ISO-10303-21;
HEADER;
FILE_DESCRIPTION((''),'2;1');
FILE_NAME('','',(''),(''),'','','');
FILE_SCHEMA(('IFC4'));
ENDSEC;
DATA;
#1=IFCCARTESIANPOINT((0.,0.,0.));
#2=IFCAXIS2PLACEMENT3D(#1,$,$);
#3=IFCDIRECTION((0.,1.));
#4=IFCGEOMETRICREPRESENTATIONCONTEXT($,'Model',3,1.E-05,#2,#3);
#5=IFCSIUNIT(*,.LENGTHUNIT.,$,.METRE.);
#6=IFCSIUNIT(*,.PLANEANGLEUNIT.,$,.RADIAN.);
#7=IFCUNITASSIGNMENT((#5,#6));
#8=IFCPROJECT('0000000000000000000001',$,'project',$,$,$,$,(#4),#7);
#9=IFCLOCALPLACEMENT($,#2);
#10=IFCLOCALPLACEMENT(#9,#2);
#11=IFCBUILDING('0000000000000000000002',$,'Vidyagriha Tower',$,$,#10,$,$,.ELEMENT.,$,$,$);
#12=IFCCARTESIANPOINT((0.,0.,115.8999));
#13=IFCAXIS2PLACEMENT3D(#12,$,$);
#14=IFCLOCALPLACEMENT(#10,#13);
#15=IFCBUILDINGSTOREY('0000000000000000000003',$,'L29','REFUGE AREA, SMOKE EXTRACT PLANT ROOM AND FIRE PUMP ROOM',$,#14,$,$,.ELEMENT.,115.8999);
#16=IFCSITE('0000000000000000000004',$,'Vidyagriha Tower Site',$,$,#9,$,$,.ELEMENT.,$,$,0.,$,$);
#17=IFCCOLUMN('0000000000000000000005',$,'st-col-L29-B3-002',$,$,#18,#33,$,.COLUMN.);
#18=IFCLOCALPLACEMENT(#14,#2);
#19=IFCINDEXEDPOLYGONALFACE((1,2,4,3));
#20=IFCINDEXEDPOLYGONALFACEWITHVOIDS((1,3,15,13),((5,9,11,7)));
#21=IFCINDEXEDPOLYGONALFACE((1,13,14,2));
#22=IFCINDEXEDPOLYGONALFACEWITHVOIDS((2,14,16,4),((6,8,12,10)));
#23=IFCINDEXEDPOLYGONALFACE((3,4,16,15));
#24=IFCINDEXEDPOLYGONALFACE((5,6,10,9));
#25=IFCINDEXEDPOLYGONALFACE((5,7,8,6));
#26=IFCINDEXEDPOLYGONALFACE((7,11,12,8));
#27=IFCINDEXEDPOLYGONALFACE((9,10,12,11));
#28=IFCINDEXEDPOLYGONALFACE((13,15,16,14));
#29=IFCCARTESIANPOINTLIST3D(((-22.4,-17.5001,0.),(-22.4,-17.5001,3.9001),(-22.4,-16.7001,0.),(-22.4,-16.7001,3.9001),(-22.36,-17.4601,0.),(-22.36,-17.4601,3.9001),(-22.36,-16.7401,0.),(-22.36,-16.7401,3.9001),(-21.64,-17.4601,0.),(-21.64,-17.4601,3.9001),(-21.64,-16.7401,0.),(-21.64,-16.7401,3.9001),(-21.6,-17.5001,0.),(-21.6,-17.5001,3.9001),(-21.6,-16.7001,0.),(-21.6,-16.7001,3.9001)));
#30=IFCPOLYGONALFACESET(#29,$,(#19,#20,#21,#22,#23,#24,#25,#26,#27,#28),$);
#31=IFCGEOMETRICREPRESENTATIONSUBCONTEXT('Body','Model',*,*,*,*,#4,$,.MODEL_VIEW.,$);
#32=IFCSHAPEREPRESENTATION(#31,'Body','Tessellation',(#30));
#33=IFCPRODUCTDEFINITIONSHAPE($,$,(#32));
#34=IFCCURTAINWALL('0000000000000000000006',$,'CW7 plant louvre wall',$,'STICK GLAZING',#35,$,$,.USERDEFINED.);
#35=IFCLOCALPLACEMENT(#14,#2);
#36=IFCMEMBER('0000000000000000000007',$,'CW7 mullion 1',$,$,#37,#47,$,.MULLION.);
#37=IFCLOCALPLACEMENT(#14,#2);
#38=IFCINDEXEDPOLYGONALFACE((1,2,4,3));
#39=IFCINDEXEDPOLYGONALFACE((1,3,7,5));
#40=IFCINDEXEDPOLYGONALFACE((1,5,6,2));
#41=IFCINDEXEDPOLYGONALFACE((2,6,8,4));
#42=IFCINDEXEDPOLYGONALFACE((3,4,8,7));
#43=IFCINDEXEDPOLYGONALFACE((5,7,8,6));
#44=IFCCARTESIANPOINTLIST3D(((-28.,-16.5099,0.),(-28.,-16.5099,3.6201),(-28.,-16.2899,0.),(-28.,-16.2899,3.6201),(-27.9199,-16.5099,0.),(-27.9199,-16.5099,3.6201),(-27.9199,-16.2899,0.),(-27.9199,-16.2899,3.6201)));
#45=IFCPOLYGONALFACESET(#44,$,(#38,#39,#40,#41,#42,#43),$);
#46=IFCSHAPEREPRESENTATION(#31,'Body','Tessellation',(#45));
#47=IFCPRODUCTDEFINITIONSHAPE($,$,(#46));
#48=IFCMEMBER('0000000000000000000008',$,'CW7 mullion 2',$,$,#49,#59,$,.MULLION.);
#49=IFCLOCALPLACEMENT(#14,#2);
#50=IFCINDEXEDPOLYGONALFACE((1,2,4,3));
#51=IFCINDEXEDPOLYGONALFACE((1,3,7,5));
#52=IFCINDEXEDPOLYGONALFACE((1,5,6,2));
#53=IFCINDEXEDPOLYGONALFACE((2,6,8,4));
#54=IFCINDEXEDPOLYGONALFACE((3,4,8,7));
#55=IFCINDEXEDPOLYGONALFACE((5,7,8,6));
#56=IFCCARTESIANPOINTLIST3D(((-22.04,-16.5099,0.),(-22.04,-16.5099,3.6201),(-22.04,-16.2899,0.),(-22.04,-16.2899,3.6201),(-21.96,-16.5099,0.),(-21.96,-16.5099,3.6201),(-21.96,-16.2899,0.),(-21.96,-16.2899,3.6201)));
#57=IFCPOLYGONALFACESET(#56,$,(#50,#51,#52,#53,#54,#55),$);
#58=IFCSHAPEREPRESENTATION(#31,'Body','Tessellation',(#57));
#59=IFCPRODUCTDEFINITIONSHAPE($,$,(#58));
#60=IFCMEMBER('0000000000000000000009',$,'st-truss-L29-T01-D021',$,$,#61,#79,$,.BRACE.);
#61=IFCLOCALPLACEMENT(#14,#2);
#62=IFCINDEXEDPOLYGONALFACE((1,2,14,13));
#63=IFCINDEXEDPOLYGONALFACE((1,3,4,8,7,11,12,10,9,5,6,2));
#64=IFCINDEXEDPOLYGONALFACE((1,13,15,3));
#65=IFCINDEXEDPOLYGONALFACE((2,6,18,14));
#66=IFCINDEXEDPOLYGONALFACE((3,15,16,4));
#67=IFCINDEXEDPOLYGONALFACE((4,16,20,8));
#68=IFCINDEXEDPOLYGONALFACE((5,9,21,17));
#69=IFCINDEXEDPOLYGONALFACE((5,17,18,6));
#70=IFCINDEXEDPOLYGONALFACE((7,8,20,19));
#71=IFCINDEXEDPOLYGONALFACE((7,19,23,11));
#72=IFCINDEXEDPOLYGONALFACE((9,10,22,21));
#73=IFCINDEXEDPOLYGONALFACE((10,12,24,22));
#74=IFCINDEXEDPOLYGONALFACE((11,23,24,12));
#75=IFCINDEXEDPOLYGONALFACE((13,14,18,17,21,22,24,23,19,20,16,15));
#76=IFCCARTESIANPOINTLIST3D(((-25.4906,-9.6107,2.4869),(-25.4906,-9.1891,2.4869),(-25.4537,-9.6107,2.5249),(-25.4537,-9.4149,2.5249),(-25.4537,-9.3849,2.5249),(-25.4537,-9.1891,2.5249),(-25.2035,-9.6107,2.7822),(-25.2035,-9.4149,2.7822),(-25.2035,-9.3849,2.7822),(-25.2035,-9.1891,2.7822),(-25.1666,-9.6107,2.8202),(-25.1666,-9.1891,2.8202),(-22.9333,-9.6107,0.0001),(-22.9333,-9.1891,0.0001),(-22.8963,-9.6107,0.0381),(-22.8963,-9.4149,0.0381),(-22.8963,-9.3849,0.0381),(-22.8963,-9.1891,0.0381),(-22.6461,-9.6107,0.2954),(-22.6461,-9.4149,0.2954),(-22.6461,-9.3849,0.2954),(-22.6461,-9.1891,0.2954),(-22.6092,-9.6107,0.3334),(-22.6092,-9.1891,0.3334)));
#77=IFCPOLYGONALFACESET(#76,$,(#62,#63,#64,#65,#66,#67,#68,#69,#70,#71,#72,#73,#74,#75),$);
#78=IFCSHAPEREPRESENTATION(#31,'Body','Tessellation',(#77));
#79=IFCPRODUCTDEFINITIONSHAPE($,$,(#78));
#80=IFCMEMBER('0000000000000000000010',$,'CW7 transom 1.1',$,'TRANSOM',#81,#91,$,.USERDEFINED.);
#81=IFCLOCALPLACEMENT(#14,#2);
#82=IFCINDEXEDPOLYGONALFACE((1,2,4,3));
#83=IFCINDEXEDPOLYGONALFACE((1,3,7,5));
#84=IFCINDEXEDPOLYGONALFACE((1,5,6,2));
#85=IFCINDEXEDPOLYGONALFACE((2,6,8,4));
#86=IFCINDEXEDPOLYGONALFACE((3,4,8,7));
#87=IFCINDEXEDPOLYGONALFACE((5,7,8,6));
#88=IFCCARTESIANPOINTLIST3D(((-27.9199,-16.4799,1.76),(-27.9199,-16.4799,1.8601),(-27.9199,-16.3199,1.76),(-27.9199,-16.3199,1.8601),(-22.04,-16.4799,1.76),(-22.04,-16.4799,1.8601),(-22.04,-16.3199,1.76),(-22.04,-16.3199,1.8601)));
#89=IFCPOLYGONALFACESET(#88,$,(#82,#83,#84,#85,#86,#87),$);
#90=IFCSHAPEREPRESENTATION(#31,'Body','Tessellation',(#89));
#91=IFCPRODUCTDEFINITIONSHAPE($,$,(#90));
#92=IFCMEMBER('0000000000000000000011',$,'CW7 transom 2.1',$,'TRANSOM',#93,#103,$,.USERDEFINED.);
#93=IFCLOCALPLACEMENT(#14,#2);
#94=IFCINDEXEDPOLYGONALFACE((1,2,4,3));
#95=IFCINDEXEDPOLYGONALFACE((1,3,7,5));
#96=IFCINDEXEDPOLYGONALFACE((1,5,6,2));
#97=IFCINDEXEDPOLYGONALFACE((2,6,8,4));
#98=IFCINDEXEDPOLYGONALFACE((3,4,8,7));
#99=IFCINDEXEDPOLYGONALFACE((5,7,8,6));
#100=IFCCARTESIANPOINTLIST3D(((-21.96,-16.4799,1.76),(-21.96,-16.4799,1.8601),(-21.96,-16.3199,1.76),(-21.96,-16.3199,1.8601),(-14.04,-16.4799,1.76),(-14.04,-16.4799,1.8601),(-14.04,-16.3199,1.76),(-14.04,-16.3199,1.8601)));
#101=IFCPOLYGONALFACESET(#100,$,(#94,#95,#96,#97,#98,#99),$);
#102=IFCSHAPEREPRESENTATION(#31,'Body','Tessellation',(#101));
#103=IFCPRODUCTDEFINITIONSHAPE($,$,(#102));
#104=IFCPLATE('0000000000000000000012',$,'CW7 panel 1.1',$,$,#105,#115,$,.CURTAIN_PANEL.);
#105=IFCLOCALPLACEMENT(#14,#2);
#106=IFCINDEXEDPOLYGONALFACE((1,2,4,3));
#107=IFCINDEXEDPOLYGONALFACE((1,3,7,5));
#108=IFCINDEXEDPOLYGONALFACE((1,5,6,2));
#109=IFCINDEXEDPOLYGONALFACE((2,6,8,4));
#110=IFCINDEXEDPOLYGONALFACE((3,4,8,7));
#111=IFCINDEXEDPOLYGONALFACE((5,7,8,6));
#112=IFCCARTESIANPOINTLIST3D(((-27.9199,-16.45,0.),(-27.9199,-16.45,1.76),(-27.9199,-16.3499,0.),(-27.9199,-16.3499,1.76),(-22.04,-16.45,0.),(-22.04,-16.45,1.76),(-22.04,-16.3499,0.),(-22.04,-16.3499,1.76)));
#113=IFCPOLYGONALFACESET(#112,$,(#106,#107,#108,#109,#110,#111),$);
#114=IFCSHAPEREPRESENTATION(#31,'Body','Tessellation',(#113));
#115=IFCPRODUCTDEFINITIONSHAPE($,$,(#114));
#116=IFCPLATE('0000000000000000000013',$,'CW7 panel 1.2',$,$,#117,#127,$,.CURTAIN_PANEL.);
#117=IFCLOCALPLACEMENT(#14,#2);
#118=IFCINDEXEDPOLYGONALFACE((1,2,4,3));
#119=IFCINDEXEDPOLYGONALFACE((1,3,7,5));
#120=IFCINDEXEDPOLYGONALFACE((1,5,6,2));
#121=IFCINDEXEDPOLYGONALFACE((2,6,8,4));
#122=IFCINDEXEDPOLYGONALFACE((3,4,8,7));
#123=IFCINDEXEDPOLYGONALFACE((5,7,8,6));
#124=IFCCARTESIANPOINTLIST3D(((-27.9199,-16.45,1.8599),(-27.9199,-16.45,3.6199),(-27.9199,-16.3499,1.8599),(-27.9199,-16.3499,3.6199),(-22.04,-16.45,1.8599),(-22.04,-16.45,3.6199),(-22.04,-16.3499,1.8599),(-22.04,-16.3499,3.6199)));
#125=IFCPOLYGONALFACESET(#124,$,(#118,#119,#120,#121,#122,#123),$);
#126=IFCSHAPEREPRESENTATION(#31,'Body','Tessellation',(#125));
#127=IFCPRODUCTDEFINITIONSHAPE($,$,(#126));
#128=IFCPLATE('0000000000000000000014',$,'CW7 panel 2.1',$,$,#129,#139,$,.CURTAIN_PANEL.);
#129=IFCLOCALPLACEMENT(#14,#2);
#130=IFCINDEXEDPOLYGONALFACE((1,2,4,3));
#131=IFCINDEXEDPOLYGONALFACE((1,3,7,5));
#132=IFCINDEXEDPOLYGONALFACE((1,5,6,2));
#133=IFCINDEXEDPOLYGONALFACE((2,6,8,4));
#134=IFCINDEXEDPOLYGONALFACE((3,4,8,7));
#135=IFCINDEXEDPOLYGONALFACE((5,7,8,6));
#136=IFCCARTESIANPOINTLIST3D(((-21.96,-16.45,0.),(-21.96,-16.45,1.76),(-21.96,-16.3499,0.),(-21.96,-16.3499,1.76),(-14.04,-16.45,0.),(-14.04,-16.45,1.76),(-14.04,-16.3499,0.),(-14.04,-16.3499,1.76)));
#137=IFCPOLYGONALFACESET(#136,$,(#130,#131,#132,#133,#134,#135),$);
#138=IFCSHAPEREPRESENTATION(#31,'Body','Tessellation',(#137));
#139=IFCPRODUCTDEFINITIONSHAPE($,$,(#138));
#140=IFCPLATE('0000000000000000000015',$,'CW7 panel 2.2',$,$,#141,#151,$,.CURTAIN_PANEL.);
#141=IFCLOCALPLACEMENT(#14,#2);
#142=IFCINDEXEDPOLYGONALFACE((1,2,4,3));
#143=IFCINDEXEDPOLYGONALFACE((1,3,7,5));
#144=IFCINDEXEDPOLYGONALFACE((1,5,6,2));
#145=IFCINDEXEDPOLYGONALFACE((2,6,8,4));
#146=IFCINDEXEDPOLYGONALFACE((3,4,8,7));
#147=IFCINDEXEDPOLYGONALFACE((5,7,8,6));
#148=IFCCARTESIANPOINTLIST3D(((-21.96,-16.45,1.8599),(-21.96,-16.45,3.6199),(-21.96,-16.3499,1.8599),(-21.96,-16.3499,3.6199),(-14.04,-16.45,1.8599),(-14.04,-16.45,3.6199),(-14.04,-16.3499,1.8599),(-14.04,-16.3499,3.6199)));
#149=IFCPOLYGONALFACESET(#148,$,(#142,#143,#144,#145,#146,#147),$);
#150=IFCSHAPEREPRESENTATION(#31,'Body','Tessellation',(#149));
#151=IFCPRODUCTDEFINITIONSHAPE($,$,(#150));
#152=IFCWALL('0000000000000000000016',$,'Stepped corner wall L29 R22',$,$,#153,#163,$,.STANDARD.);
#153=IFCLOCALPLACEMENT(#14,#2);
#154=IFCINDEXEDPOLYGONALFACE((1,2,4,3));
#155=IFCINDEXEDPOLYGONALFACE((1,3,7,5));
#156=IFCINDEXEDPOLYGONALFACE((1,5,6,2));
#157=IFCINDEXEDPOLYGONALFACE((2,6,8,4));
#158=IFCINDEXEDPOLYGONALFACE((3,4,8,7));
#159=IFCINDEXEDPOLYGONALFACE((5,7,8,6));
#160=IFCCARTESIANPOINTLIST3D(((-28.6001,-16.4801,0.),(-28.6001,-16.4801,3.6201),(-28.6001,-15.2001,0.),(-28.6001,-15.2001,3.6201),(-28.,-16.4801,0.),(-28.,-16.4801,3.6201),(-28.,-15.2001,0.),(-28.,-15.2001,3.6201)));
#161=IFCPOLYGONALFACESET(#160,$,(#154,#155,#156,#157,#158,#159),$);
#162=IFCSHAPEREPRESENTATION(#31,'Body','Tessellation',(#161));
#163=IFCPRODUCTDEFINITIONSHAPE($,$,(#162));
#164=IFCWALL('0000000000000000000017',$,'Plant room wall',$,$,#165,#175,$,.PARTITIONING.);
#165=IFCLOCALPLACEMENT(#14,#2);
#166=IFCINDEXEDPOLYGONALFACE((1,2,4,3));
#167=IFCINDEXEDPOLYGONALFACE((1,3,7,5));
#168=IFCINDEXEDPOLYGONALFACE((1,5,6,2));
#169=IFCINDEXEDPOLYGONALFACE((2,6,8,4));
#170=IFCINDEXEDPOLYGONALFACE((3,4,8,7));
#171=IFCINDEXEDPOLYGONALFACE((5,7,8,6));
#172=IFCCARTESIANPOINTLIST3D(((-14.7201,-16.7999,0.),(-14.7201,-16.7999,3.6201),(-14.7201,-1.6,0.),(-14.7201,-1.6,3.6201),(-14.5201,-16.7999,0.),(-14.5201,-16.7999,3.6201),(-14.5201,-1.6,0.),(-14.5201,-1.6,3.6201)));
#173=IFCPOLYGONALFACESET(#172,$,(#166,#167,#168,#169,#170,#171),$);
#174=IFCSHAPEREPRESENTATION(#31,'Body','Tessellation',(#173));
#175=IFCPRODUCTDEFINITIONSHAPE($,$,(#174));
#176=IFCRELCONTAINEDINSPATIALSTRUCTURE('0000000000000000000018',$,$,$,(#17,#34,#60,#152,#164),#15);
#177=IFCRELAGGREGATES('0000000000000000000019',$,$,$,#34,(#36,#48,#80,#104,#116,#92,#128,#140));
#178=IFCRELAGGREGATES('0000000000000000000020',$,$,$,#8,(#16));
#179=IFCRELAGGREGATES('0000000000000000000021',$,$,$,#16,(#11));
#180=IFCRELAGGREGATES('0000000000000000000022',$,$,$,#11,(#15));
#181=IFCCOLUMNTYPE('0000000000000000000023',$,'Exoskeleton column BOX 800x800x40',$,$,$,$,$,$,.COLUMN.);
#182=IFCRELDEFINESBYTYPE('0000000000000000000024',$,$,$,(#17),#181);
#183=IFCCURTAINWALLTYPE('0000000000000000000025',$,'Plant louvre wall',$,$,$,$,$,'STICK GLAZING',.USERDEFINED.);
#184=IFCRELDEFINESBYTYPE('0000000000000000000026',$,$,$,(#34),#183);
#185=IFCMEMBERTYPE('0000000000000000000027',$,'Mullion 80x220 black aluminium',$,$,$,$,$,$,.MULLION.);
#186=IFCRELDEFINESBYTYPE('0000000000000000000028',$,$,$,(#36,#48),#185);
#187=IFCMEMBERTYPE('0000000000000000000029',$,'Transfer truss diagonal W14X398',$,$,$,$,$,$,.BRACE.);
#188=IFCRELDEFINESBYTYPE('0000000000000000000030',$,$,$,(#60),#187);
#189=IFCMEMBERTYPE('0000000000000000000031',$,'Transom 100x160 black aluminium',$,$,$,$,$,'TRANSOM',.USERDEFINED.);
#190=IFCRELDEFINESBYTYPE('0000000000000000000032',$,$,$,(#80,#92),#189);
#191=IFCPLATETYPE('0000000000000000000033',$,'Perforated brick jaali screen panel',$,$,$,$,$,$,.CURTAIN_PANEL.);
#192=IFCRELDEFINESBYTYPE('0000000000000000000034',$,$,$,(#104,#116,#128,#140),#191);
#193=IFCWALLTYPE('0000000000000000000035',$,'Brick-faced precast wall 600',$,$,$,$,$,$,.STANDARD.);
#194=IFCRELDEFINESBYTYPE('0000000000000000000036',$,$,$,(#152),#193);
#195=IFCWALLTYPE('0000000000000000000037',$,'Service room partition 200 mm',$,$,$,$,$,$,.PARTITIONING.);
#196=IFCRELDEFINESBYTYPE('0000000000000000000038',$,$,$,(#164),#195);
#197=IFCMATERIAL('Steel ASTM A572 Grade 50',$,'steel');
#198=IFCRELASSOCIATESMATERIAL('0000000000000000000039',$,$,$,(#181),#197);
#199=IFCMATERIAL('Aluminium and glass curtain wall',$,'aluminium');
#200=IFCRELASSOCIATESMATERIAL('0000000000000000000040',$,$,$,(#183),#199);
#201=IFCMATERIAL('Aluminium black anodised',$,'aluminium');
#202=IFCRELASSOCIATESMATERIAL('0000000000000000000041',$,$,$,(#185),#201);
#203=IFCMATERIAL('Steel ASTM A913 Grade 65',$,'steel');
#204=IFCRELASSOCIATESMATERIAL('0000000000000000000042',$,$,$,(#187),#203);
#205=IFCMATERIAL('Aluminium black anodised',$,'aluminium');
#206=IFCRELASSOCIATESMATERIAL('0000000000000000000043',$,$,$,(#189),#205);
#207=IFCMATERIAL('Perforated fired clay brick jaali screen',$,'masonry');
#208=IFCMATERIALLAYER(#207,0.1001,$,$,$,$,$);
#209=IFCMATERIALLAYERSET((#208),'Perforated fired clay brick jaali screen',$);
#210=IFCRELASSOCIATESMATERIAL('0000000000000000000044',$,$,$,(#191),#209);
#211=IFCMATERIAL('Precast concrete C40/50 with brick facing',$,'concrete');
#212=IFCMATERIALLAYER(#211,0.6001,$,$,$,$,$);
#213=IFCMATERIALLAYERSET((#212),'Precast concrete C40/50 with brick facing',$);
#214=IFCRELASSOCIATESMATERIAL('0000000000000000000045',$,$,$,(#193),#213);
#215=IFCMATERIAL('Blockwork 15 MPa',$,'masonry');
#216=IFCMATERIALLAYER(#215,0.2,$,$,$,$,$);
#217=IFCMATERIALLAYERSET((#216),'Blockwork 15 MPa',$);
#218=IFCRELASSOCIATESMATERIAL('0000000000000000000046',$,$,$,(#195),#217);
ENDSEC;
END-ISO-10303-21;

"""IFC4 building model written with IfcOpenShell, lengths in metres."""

from ifc_helpers import new_model, si_unit, direction, frame, frame_2d, origin, origin_2d, place, context, subcontext, project, spatial, rectangle, hollow_rectangle, i_section, extrude, material, layer, layer_set, material_profile, profile_set, type_object, element, aggregate, save


model = new_model("IFC4")

# Units and contexts
model_context = context("Model", 3, precision=1e-05, world=origin(), true_north=direction((0.0, 1.0)))
body_context = subcontext(model_context, "Body", "Model", "MODEL_VIEW")
ifc_project = project(units=[si_unit("LENGTHUNIT", "METRE"), si_unit("PLANEANGLEUNIT", "RADIAN")], contexts=[model_context])

# Site, building, storey
site_placement = place(None, origin())
site = spatial("IfcSite", under=ifc_project, at=site_placement, Name="Vidyagriha Tower Site", CompositionType="ELEMENT", RefElevation=0.0)
building_placement = place(site_placement, origin())
building = spatial("IfcBuilding", under=site, at=building_placement, Name="Vidyagriha Tower", CompositionType="ELEMENT")
storey_placement = place(building_placement, frame((0.0, 0.0, 115.8999)))
storey = spatial("IfcBuildingStorey", under=building, at=storey_placement, Name="L29", Description="REFUGE AREA, SMOKE EXTRACT PLANT ROOM AND FIRE PUMP ROOM", CompositionType="ELEMENT", Elevation=115.8999)

# Column
ifc_material_1 = material(Name="Steel ASTM A572 Grade 50", Category="steel")
ifc_material_profile_1 = material_profile(ifc_material_1, hollow_rectangle(XDim=0.8, YDim=0.8, WallThickness=0.04, at=origin_2d()), Name="BOX 800x800x40")
ifc_profile_set_1 = profile_set([ifc_material_profile_1], Name="Steel ASTM A572 Grade 50")
column_type = type_object("IfcColumnType", Name="Exoskeleton column BOX 800x800x40", PredefinedType="COLUMN", material=ifc_profile_set_1)
column_placement = place(storey_placement, frame((-22.0, -17.1001, 0.0)))
element("IfcColumn", 1, at=column_placement, inside=storey, type_object=column_type, Name="st-col-L29-B3-002", PredefinedType="COLUMN", context=body_context, shape_type="SweptSolid", body=[
    extrude(hollow_rectangle(XDim=0.8, YDim=0.8, WallThickness=0.04, at=origin_2d()), origin(), (0.0, 0.0, 1.0), 3.9001),
])

# Curtain wall, members
ifc_material_2 = material(Name="Aluminium and glass curtain wall", Category="aluminium")
curtain_wall_type = type_object("IfcCurtainWallType", Name="Plant louvre wall", ElementType="STICK GLAZING", PredefinedType="USERDEFINED", material=ifc_material_2)
curtain_wall_placement = place(storey_placement, origin())
curtain_wall = element("IfcCurtainWall", 2, at=curtain_wall_placement, inside=storey, type_object=curtain_wall_type, Name="CW7 plant louvre wall", ObjectType="STICK GLAZING", PredefinedType="USERDEFINED")
ifc_material_3 = material(Name="Aluminium black anodised", Category="aluminium")
ifc_material_profile_2 = material_profile(ifc_material_3, rectangle(XDim=0.22, YDim=0.0801, at=origin_2d()), Name="Mullion 80x220 black aluminium")
ifc_profile_set_2 = profile_set([ifc_material_profile_2], Name="Aluminium black anodised")
member_type_1 = type_object("IfcMemberType", Name="Mullion 80x220 black aluminium", PredefinedType="MULLION", material=ifc_profile_set_2)
member_1_placement = place(storey_placement, frame((-27.96, -16.3999, 0.0), z_axis=(0.0, 0.0, 1.0), x_axis=(0.0, 1.0, 0.0)))
member_1 = element("IfcMember", 3, at=member_1_placement, type_object=member_type_1, Name="CW7 mullion 1", PredefinedType="MULLION", context=body_context, shape_type="SweptSolid", body=[
    extrude(rectangle(XDim=0.22, YDim=0.0801, at=origin_2d()), origin(), (0.0, 0.0, 1.0), 3.6201),
])
member_2_placement = place(storey_placement, frame((-22.0, -16.3999, 0.0), z_axis=(0.0, 0.0, 1.0), x_axis=(0.0, 1.0, 0.0)))
member_2 = element("IfcMember", 4, at=member_2_placement, type_object=member_type_1, Name="CW7 mullion 2", PredefinedType="MULLION", context=body_context, shape_type="SweptSolid", body=[
    extrude(rectangle(XDim=0.22, YDim=0.0801, at=origin_2d()), origin(), (0.0, 0.0, 1.0), 3.6201),
])

# Members
ifc_material_4 = material(Name="Steel ASTM A913 Grade 65", Category="steel")
ifc_material_profile_3 = material_profile(ifc_material_4, i_section(OverallWidth=0.4216, OverallDepth=0.4648, WebThickness=0.03, FlangeThickness=0.053, at=origin_2d()), Name="W14X398")
ifc_profile_set_3 = profile_set([ifc_material_profile_3], Name="Steel ASTM A913 Grade 65")
member_type_2 = type_object("IfcMemberType", Name="Transfer truss diagonal W14X398", PredefinedType="BRACE", material=ifc_profile_set_3)
member_3_placement = place(storey_placement, frame((-25.3286, -9.3999, 2.6536), z_axis=(0.716927, 0.0, -0.697148), x_axis=(0.0, 1.0, 0.0)))
element("IfcMember", 5, at=member_3_placement, inside=storey, type_object=member_type_2, Name="st-truss-L29-T01-D021", PredefinedType="BRACE", context=body_context, shape_type="SweptSolid", body=[
    extrude(i_section(OverallWidth=0.4216, OverallDepth=0.4648, WebThickness=0.03, FlangeThickness=0.053, at=origin_2d()), origin(), (0.0, 0.0, 1.0), 3.5671),
])
ifc_material_5 = material(Name="Aluminium black anodised", Category="aluminium")
ifc_material_profile_4 = material_profile(ifc_material_5, rectangle(XDim=0.1599, YDim=0.1001, at=origin_2d()), Name="Transom 100x160 black aluminium")
ifc_profile_set_4 = profile_set([ifc_material_profile_4], Name="Aluminium black anodised")
member_type_3 = type_object("IfcMemberType", Name="Transom 100x160 black aluminium", ElementType="TRANSOM", PredefinedType="USERDEFINED", material=ifc_profile_set_4)
member_4_placement = place(storey_placement, frame((-27.9199, -16.3999, 1.8101), z_axis=(1.0, 0.0, 0.0), x_axis=(0.0, 1.0, 0.0)))
member_4 = element("IfcMember", 6, at=member_4_placement, type_object=member_type_3, Name="CW7 transom 1.1", ObjectType="TRANSOM", PredefinedType="USERDEFINED", context=body_context, shape_type="SweptSolid", body=[
    extrude(rectangle(XDim=0.1599, YDim=0.1001, at=origin_2d()), origin(), (0.0, 0.0, 1.0), 5.8799),
])
member_5_placement = place(storey_placement, frame((-21.96, -16.3999, 1.8101), z_axis=(1.0, 0.0, 0.0), x_axis=(0.0, 1.0, 0.0)))
member_5 = element("IfcMember", 7, at=member_5_placement, type_object=member_type_3, Name="CW7 transom 2.1", ObjectType="TRANSOM", PredefinedType="USERDEFINED", context=body_context, shape_type="SweptSolid", body=[
    extrude(rectangle(XDim=0.1599, YDim=0.1001, at=origin_2d()), origin(), (0.0, 0.0, 1.0), 7.9199),
])

# Plates
ifc_material_6 = material(Name="Perforated fired clay brick jaali screen", Category="masonry")
ifc_layer_1 = layer(ifc_material_6, 0.1001)
ifc_layer_set_1 = layer_set([ifc_layer_1], Name="Perforated fired clay brick jaali screen")
plate_type = type_object("IfcPlateType", Name="Perforated brick jaali screen panel", PredefinedType="CURTAIN_PANEL", material=ifc_layer_set_1)
plate_1_placement = place(storey_placement, frame((-24.98, -16.3999, 0.0)))
plate_1 = element("IfcPlate", 8, at=plate_1_placement, type_object=plate_type, Name="CW7 panel 1.1", PredefinedType="CURTAIN_PANEL", context=body_context, shape_type="SweptSolid", body=[
    extrude(rectangle(XDim=5.8799, YDim=0.1001, at=origin_2d()), origin(), (0.0, 0.0, 1.0), 1.76),
])
plate_2_placement = place(storey_placement, frame((-24.98, -16.3999, 1.8599)))
plate_2 = element("IfcPlate", 9, at=plate_2_placement, type_object=plate_type, Name="CW7 panel 1.2", PredefinedType="CURTAIN_PANEL", context=body_context, shape_type="SweptSolid", body=[
    extrude(rectangle(XDim=5.8799, YDim=0.1001, at=origin_2d()), origin(), (0.0, 0.0, 1.0), 1.76),
])
plate_3_placement = place(storey_placement, frame((-18.0, -16.3999, 0.0)))
plate_3 = element("IfcPlate", 10, at=plate_3_placement, type_object=plate_type, Name="CW7 panel 2.1", PredefinedType="CURTAIN_PANEL", context=body_context, shape_type="SweptSolid", body=[
    extrude(rectangle(XDim=7.9199, YDim=0.1001, at=origin_2d()), origin(), (0.0, 0.0, 1.0), 1.76),
])
plate_4_placement = place(storey_placement, frame((-18.0, -16.3999, 1.8599)))
plate_4 = element("IfcPlate", 11, at=plate_4_placement, type_object=plate_type, Name="CW7 panel 2.2", PredefinedType="CURTAIN_PANEL", context=body_context, shape_type="SweptSolid", body=[
    extrude(rectangle(XDim=7.9199, YDim=0.1001, at=origin_2d()), origin(), (0.0, 0.0, 1.0), 1.76),
])
aggregate(curtain_wall, [member_1, member_2, member_4, plate_1, plate_2, member_5, plate_3, plate_4])

# Walls
ifc_material_7 = material(Name="Precast concrete C40/50 with brick facing", Category="concrete")
ifc_layer_2 = layer(ifc_material_7, 0.6001)
ifc_layer_set_2 = layer_set([ifc_layer_2], Name="Precast concrete C40/50 with brick facing")
wall_type_1 = type_object("IfcWallType", Name="Brick-faced precast wall 600", PredefinedType="STANDARD", material=ifc_layer_set_2)
wall_1_placement = place(storey_placement, frame((-28.3, -15.2, 0.0), z_axis=(0.0, 0.0, 1.0), x_axis=(0.0, -1.0, 0.0)))
element("IfcWall", 12, at=wall_1_placement, inside=storey, type_object=wall_type_1, Name="Stepped corner wall L29 R22", PredefinedType="STANDARD", context=body_context, shape_type="SweptSolid", body=[
    extrude(rectangle(XDim=1.28, YDim=0.6001, at=frame_2d((0.6401, 0.0))), origin(), (0.0, 0.0, 1.0), 3.6201),
])
ifc_material_8 = material(Name="Blockwork 15 MPa", Category="masonry")
ifc_layer_3 = layer(ifc_material_8, 0.2)
ifc_layer_set_3 = layer_set([ifc_layer_3], Name="Blockwork 15 MPa")
wall_type_2 = type_object("IfcWallType", Name="Service room partition 200 mm", PredefinedType="PARTITIONING", material=ifc_layer_set_3)
wall_2_placement = place(storey_placement, frame((-14.6201, -16.8, 0.0), z_axis=(0.0, 0.0, 1.0), x_axis=(0.0, 1.0, 0.0)))
element("IfcWall", 13, at=wall_2_placement, inside=storey, type_object=wall_type_2, Name="Plant room wall", PredefinedType="PARTITIONING", context=body_context, shape_type="SweptSolid", body=[
    extrude(rectangle(XDim=15.2, YDim=0.2, at=frame_2d((7.6001, 0.0))), origin(), (0.0, 0.0, 1.0), 3.6201),
])

save(model, "model.ifc")
